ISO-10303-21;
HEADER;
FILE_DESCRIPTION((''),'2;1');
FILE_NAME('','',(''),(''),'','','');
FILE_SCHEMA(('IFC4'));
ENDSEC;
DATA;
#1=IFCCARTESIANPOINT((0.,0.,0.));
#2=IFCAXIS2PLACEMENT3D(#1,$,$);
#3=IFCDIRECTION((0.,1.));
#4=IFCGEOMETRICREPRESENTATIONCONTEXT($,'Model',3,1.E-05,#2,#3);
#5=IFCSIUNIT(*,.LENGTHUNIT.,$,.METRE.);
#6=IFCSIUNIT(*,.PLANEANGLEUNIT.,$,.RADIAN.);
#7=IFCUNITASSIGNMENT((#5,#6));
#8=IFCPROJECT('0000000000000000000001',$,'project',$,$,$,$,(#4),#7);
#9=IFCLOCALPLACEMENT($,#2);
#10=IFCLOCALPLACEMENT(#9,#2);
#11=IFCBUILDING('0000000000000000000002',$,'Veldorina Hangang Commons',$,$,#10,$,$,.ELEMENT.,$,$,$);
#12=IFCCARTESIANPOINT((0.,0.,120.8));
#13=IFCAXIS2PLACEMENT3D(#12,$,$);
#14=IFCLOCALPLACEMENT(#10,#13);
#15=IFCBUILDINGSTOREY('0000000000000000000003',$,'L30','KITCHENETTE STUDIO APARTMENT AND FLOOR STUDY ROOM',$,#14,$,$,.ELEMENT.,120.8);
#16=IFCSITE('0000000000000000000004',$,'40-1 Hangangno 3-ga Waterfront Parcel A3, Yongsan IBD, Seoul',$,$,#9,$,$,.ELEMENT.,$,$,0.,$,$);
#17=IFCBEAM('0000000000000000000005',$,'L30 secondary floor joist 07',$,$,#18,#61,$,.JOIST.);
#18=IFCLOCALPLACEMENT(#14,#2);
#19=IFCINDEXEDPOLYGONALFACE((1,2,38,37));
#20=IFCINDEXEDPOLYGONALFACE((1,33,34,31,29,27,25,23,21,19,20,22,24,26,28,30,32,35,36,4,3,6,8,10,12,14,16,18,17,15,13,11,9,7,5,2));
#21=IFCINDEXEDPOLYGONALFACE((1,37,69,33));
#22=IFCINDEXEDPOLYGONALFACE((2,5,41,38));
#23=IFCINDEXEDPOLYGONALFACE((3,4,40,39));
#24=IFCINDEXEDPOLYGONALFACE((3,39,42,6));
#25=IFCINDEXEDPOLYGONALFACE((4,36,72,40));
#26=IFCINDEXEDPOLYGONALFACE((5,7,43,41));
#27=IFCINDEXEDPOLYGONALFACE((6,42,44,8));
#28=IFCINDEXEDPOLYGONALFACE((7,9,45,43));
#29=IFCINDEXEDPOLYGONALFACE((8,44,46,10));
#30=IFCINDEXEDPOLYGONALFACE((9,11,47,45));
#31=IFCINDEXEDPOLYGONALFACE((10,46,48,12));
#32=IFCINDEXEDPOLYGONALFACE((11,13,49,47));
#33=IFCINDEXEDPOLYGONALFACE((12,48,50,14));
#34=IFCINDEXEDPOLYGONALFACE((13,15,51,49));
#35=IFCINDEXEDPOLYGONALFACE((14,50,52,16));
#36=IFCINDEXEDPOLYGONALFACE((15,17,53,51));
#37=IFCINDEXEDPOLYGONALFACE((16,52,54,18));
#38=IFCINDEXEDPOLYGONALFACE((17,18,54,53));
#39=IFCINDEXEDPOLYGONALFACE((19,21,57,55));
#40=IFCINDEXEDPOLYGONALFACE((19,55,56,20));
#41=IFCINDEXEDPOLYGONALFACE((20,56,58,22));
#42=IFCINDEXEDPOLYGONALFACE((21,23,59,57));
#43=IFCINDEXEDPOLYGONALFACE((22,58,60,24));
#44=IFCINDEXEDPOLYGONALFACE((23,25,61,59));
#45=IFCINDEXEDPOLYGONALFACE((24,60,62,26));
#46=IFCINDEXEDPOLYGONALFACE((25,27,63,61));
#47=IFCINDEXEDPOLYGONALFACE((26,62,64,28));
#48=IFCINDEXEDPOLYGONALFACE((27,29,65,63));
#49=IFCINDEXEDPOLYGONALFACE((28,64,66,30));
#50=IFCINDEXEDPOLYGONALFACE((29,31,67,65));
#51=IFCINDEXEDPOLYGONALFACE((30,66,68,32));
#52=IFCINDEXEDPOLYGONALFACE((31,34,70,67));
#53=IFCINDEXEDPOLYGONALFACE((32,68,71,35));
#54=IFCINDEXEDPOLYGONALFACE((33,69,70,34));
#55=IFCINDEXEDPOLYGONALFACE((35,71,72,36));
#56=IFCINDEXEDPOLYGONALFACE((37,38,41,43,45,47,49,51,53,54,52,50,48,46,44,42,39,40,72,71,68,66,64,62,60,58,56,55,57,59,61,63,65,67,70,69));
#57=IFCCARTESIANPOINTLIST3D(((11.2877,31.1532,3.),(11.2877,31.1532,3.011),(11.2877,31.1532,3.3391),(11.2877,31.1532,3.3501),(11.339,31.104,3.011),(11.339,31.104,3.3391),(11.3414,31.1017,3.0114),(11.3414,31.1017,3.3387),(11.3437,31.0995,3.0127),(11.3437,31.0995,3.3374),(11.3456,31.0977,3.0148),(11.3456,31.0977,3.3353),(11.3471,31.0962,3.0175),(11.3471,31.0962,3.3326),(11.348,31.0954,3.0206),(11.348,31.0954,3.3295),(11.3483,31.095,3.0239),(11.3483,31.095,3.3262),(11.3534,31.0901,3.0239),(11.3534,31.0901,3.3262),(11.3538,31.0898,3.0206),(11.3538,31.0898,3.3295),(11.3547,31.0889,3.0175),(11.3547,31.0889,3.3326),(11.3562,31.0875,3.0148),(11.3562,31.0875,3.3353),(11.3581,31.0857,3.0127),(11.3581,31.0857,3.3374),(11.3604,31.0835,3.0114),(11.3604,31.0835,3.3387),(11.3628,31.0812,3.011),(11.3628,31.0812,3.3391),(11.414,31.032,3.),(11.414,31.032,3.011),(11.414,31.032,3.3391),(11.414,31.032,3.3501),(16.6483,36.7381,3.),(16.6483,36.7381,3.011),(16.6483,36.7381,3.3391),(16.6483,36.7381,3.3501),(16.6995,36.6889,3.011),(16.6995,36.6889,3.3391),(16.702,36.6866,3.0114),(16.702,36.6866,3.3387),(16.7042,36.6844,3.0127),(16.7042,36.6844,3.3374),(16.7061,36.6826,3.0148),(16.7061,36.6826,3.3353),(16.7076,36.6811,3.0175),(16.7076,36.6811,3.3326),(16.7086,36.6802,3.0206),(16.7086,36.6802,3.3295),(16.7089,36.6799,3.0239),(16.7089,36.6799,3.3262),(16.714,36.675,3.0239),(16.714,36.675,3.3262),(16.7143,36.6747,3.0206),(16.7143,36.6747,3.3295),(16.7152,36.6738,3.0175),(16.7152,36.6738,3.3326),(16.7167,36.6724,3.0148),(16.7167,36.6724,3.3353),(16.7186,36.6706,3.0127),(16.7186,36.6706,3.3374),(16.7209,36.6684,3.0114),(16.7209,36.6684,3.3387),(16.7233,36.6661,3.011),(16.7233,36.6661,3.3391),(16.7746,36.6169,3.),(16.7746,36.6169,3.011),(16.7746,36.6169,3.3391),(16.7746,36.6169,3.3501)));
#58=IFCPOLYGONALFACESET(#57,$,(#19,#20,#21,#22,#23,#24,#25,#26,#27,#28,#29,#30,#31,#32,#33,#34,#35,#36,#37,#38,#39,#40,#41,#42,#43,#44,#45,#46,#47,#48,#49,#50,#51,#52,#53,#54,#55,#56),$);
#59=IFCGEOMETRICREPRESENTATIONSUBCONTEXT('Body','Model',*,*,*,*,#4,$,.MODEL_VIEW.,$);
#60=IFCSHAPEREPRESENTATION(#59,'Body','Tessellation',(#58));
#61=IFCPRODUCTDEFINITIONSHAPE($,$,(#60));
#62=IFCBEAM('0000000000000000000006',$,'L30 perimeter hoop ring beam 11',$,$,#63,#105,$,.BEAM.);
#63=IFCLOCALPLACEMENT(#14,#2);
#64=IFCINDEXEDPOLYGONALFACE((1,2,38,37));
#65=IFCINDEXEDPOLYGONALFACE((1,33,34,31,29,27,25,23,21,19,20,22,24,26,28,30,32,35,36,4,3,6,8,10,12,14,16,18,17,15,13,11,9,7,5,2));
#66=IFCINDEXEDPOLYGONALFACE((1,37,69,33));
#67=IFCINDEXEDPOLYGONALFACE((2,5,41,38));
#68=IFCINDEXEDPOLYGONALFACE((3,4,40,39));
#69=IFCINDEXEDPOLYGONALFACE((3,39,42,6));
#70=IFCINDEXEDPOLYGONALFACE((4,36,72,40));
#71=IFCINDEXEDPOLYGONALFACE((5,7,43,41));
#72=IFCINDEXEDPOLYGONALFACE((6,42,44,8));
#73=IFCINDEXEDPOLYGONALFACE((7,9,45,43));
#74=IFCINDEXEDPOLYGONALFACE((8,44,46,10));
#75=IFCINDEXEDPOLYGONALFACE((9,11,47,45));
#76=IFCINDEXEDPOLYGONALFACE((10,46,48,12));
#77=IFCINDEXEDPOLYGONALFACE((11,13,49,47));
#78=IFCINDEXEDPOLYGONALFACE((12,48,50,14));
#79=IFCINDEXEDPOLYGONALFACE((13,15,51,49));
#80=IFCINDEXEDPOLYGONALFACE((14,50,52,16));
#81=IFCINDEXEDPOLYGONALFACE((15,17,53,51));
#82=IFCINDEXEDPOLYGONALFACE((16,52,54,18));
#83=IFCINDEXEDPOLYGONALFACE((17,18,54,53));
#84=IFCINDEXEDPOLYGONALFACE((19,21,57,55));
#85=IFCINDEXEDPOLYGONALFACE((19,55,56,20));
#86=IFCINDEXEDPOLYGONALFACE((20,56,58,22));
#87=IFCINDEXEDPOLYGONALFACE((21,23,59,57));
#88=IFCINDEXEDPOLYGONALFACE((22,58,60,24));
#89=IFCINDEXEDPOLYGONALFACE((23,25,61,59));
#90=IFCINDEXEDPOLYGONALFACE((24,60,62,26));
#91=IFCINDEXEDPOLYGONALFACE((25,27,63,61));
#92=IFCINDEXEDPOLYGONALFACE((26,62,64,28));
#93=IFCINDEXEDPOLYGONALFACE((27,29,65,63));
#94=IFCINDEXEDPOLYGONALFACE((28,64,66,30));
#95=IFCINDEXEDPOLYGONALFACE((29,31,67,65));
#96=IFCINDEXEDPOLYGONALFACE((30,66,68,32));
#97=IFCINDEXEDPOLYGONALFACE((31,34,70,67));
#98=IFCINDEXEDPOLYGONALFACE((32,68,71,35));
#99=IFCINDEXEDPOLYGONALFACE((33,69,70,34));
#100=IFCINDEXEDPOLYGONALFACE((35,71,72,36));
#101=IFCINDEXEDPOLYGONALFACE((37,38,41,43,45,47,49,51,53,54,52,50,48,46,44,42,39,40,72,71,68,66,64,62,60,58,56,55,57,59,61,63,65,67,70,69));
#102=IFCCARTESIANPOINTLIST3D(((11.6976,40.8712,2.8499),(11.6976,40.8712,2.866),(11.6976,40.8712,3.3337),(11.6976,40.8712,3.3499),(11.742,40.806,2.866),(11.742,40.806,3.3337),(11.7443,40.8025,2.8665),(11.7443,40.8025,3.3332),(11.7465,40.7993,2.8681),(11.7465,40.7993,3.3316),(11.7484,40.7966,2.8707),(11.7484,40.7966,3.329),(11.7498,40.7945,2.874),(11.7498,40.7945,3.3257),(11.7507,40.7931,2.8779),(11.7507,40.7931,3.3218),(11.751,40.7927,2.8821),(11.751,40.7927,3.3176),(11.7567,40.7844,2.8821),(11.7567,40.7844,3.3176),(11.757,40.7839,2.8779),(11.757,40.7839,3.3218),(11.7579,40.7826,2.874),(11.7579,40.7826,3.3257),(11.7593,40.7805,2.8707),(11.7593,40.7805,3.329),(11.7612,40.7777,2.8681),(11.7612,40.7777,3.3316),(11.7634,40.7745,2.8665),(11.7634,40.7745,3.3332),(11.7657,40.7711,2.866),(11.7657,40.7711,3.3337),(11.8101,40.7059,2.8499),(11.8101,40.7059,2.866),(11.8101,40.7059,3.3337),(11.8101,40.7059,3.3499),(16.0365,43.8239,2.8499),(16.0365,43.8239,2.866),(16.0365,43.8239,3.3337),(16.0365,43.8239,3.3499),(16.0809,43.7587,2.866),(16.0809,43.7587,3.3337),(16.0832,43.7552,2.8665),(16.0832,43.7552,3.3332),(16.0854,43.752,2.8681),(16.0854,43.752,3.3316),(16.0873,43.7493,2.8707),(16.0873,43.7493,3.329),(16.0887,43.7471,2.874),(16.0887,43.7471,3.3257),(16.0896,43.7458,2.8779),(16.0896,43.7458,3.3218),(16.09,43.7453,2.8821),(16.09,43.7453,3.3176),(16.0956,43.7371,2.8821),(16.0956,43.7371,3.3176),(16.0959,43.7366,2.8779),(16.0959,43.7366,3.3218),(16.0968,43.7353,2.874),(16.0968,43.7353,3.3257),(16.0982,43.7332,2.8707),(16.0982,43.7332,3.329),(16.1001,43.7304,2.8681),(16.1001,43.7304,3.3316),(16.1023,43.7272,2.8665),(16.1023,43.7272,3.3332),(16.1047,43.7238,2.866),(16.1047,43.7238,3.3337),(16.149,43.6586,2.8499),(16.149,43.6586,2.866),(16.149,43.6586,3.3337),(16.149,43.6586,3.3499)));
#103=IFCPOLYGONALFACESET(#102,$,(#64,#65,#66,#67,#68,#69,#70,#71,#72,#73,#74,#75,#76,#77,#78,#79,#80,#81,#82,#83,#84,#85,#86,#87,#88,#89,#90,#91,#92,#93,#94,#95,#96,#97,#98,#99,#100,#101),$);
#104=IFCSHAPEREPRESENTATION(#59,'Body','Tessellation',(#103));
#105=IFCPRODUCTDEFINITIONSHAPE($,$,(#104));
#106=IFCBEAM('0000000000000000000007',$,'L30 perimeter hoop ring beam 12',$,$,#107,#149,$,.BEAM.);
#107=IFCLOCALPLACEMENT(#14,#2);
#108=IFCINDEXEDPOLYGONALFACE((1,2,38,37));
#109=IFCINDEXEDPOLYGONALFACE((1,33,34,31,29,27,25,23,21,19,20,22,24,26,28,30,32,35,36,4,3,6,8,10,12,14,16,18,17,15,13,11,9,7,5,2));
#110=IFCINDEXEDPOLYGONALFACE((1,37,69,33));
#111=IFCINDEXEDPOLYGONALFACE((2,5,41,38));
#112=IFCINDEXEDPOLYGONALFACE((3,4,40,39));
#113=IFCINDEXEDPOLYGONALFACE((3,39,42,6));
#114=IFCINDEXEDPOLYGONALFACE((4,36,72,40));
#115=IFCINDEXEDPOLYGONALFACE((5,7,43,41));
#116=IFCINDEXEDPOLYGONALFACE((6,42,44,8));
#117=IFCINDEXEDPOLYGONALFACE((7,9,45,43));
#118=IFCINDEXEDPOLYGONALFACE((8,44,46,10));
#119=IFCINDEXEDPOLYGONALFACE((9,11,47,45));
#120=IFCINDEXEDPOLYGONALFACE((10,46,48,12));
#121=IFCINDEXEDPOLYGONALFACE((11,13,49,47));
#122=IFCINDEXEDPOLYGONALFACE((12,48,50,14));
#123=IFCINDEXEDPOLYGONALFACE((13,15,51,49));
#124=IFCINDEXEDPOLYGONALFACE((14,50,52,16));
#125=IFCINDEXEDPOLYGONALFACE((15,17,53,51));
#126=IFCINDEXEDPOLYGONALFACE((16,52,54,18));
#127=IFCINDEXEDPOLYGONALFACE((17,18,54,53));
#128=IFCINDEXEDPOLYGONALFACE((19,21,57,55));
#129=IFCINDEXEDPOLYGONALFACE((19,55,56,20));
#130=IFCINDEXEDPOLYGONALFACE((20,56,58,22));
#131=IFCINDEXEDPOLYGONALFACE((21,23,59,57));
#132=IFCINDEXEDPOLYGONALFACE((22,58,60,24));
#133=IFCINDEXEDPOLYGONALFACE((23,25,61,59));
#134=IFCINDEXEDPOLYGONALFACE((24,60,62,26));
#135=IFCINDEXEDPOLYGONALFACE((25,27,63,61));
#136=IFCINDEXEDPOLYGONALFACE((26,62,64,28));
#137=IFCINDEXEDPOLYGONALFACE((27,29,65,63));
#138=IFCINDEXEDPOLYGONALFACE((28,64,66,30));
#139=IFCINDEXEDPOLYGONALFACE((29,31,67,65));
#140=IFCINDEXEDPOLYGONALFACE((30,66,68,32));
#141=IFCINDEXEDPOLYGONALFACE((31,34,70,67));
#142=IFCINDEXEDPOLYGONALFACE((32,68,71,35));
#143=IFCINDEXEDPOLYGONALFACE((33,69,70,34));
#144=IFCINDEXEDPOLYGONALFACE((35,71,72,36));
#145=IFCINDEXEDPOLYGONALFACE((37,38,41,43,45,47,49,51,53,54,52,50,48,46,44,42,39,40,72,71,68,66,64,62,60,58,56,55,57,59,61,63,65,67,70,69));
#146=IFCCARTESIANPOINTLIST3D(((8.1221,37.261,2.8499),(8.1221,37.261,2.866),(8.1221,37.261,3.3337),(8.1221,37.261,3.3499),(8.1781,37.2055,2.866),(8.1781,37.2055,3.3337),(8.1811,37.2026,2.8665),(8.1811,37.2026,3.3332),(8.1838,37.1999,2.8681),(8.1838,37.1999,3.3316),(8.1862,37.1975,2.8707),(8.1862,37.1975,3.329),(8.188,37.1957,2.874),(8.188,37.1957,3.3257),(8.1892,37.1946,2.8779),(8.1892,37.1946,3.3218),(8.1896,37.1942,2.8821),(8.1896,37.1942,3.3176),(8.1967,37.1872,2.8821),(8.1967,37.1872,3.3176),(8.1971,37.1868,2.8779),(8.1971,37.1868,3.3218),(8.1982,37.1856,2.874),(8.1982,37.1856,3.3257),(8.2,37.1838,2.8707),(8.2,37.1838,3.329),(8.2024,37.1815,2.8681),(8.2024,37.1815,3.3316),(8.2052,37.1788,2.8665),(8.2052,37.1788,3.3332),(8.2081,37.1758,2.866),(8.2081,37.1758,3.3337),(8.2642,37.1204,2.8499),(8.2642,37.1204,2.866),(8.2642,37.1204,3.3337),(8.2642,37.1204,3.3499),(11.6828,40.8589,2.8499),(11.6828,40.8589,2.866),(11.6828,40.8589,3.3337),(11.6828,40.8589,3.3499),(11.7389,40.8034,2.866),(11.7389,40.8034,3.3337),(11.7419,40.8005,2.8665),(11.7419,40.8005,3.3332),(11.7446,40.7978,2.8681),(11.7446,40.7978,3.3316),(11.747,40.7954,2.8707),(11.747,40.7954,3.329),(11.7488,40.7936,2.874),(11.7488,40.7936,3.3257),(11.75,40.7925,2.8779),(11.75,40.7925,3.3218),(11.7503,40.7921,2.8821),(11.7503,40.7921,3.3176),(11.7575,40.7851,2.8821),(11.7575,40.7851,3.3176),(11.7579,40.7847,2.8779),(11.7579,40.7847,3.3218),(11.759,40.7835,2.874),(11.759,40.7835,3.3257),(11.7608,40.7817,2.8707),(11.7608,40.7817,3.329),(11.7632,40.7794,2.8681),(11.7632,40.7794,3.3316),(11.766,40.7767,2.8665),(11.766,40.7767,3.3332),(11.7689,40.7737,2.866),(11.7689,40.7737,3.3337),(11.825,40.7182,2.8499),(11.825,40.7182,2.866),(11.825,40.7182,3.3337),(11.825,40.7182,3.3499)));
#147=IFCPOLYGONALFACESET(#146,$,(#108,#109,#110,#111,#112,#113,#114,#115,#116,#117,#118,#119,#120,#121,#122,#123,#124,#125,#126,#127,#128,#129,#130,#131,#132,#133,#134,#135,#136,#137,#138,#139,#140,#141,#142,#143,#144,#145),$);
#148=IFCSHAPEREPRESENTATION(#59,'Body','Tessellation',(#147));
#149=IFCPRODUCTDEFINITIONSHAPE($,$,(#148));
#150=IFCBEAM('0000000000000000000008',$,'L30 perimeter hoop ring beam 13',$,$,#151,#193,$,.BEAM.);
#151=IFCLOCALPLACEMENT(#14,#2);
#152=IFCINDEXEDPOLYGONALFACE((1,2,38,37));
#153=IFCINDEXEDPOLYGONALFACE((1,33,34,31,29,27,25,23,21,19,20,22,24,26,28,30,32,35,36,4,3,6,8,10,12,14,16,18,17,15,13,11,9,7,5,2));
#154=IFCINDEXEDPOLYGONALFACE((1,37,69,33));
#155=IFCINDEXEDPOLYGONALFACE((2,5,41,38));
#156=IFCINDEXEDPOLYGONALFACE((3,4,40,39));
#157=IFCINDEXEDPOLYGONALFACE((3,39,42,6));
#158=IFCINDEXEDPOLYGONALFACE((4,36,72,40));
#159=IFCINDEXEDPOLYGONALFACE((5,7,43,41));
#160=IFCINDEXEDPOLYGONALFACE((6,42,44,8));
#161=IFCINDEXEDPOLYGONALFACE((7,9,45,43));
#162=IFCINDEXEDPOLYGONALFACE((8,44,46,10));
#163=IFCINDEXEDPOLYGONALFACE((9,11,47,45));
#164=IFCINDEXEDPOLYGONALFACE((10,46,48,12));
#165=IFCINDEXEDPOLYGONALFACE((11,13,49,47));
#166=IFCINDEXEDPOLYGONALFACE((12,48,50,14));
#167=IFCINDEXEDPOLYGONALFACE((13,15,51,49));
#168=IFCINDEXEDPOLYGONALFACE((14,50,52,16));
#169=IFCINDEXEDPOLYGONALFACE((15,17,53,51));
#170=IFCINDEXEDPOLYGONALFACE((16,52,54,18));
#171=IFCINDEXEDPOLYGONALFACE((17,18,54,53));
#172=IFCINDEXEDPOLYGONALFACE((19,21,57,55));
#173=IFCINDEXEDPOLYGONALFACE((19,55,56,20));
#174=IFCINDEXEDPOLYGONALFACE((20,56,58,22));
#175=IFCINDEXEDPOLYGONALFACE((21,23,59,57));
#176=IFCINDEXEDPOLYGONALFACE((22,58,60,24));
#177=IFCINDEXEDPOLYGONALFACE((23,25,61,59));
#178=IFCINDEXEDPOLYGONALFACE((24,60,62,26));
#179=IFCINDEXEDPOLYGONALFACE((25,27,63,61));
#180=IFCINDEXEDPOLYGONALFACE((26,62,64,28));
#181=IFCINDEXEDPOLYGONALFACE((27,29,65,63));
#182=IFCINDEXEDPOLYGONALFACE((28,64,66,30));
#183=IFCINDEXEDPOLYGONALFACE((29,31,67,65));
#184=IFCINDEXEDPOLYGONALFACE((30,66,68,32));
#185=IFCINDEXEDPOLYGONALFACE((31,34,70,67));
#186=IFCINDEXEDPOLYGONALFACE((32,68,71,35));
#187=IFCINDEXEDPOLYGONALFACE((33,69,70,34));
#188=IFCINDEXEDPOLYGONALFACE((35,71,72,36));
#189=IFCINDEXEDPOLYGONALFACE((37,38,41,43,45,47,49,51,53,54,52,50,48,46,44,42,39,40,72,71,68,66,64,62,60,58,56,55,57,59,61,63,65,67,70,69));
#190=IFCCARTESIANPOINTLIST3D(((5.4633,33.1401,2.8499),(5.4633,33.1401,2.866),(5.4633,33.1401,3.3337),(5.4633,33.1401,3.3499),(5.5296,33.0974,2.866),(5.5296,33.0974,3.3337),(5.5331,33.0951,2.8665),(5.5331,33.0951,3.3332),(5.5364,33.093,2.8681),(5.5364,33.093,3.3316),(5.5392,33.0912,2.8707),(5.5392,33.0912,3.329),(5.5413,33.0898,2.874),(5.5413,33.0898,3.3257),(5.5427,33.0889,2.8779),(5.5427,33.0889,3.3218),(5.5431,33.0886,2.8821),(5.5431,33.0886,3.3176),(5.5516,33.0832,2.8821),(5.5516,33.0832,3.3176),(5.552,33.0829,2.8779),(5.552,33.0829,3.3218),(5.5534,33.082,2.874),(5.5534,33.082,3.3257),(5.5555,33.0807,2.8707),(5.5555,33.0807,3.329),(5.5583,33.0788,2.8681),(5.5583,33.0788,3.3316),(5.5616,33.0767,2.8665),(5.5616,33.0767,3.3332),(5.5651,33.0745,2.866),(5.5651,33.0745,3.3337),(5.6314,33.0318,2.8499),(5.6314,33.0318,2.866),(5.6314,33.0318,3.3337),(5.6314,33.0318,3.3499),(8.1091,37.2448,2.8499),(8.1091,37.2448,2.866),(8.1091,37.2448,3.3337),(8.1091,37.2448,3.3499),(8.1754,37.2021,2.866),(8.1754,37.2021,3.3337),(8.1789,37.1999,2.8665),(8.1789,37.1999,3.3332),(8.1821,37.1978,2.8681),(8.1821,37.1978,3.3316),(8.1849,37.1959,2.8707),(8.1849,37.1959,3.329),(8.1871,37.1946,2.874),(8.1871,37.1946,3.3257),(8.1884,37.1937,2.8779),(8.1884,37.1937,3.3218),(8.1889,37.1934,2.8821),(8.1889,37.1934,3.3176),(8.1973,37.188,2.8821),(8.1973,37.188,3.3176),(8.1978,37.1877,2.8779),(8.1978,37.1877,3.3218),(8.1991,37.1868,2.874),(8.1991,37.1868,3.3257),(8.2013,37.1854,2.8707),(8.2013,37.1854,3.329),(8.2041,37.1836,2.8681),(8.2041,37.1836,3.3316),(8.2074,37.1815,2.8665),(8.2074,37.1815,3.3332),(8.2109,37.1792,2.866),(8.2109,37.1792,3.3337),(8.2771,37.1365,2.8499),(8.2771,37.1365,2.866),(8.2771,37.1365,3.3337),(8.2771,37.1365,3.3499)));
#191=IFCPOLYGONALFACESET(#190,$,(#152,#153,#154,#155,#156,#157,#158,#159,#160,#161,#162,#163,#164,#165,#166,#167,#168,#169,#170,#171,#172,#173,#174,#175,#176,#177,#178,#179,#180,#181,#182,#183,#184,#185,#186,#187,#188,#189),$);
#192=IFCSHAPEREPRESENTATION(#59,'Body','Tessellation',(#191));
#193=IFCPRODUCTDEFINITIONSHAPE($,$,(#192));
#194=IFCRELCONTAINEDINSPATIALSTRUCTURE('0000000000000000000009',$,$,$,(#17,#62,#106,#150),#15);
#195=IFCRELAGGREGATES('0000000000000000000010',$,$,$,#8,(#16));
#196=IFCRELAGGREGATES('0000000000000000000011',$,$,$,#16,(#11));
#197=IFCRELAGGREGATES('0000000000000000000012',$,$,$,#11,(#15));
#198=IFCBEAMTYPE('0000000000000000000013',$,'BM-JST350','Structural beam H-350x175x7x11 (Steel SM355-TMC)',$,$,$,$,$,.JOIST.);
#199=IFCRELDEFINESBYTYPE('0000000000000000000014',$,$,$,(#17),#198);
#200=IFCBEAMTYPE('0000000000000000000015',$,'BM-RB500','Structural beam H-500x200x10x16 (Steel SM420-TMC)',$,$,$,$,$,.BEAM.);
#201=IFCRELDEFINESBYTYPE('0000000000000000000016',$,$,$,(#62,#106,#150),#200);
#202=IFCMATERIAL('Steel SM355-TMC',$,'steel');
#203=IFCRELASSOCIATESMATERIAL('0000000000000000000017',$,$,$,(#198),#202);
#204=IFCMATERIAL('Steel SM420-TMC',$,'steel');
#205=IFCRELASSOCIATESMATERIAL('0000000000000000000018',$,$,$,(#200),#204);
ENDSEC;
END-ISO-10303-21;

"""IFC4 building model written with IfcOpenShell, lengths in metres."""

from ifc_helpers import new_model, si_unit, direction, frame, origin, origin_2d, place, context, subcontext, project, spatial, i_section, extrude, material, material_profile, profile_set, type_object, element, save


model = new_model("IFC4")

# Units and contexts
model_context = context("Model", 3, precision=1e-05, world=origin(), true_north=direction((0.0, 1.0)))
body_context = subcontext(model_context, "Body", "Model", "MODEL_VIEW")
ifc_project = project(units=[si_unit("LENGTHUNIT", "METRE"), si_unit("PLANEANGLEUNIT", "RADIAN")], contexts=[model_context])

# Site, building, storey
site_placement = place(None, origin())
site = spatial("IfcSite", under=ifc_project, at=site_placement, Name="40-1 Hangangno 3-ga Waterfront Parcel A3, Yongsan IBD, Seoul", CompositionType="ELEMENT", RefElevation=0.0)
building_placement = place(site_placement, origin())
building = spatial("IfcBuilding", under=site, at=building_placement, Name="Veldorina Hangang Commons", CompositionType="ELEMENT")
storey_placement = place(building_placement, frame((0.0, 0.0, 120.8)))
storey = spatial("IfcBuildingStorey", under=building, at=storey_placement, Name="L30", Description="KITCHENETTE STUDIO APARTMENT AND FLOOR STUDY ROOM", CompositionType="ELEMENT", Elevation=120.8)

# Beams
ifc_material_1 = material(Name="Steel SM355-TMC", Category="steel")
ifc_material_profile_1 = material_profile(ifc_material_1, i_section(OverallWidth=0.175, OverallDepth=0.3501, WebThickness=0.0071, FlangeThickness=0.011, FilletRadius=0.0129, at=origin_2d()), Name="H-350x175x7x11")
ifc_profile_set_1 = profile_set([ifc_material_profile_1], Name="Steel SM355-TMC")
beam_type_1 = type_object("IfcBeamType", Name="BM-JST350", Description="Structural beam H-350x175x7x11 (Steel SM355-TMC)", PredefinedType="JOIST", material=ifc_profile_set_1)
beam_1_placement = place(storey_placement, frame((16.7114, 36.6775, 3.175), z_axis=(-0.692467, -0.72145, 0.0), x_axis=(0.72145, -0.692467, 0.0)))
element("IfcBeam", 1, at=beam_1_placement, inside=storey, type_object=beam_type_1, Name="L30 secondary floor joist 07", PredefinedType="JOIST", context=body_context, shape_type="SweptSolid", body=[
    extrude(i_section(OverallWidth=0.175, OverallDepth=0.3501, WebThickness=0.0071, FlangeThickness=0.011, FilletRadius=0.0129, at=origin_2d()), origin(), (0.0, 0.0, 1.0), 7.7412),
])
ifc_material_2 = material(Name="Steel SM420-TMC", Category="steel")
ifc_material_profile_2 = material_profile(ifc_material_2, i_section(OverallWidth=0.2, OverallDepth=0.5, WebThickness=0.01, FlangeThickness=0.0161, FilletRadius=0.0161, at=origin_2d()), Name="H-500x200x10x16")
ifc_profile_set_2 = profile_set([ifc_material_profile_2], Name="Steel SM420-TMC")
beam_type_2 = type_object("IfcBeamType", Name="BM-RB500", Description="Structural beam H-500x200x10x16 (Steel SM420-TMC)", PredefinedType="BEAM", material=ifc_profile_set_2)
beam_2_placement = place(storey_placement, frame((16.0928, 43.7412, 3.0999), z_axis=(-0.826731, -0.562598, 0.0), x_axis=(0.562598, -0.826731, 0.0)))
element("IfcBeam", 2, at=beam_2_placement, inside=storey, type_object=beam_type_2, Name="L30 perimeter hoop ring beam 11", PredefinedType="BEAM", context=body_context, shape_type="SweptSolid", body=[
    extrude(i_section(OverallWidth=0.2, OverallDepth=0.5, WebThickness=0.01, FlangeThickness=0.0161, FilletRadius=0.0161, at=origin_2d()), origin(), (0.0, 0.0, 1.0), 5.2483),
])
beam_3_placement = place(storey_placement, frame((11.7539, 40.7886, 3.0999), z_axis=(-0.703432, -0.710763, 0.0), x_axis=(0.710763, -0.703432, 0.0)))
element("IfcBeam", 3, at=beam_3_placement, inside=storey, type_object=beam_type_2, Name="L30 perimeter hoop ring beam 12", PredefinedType="BEAM", context=body_context, shape_type="SweptSolid", body=[
    extrude(i_section(OverallWidth=0.2, OverallDepth=0.5, WebThickness=0.01, FlangeThickness=0.0161, FilletRadius=0.0161, at=origin_2d()), origin(), (0.0, 0.0, 1.0), 5.062),
])
beam_4_placement = place(storey_placement, frame((8.1931, 37.1907, 3.0999), z_axis=(-0.54177, -0.840527, 0.0), x_axis=(0.840527, -0.54177, 0.0)))
element("IfcBeam", 4, at=beam_4_placement, inside=storey, type_object=beam_type_2, Name="L30 perimeter hoop ring beam 13", PredefinedType="BEAM", context=body_context, shape_type="SweptSolid", body=[
    extrude(i_section(OverallWidth=0.2, OverallDepth=0.5, WebThickness=0.01, FlangeThickness=0.0161, FilletRadius=0.0161, at=origin_2d()), origin(), (0.0, 0.0, 1.0), 4.8835),
])

save(model, "model.ifc")
